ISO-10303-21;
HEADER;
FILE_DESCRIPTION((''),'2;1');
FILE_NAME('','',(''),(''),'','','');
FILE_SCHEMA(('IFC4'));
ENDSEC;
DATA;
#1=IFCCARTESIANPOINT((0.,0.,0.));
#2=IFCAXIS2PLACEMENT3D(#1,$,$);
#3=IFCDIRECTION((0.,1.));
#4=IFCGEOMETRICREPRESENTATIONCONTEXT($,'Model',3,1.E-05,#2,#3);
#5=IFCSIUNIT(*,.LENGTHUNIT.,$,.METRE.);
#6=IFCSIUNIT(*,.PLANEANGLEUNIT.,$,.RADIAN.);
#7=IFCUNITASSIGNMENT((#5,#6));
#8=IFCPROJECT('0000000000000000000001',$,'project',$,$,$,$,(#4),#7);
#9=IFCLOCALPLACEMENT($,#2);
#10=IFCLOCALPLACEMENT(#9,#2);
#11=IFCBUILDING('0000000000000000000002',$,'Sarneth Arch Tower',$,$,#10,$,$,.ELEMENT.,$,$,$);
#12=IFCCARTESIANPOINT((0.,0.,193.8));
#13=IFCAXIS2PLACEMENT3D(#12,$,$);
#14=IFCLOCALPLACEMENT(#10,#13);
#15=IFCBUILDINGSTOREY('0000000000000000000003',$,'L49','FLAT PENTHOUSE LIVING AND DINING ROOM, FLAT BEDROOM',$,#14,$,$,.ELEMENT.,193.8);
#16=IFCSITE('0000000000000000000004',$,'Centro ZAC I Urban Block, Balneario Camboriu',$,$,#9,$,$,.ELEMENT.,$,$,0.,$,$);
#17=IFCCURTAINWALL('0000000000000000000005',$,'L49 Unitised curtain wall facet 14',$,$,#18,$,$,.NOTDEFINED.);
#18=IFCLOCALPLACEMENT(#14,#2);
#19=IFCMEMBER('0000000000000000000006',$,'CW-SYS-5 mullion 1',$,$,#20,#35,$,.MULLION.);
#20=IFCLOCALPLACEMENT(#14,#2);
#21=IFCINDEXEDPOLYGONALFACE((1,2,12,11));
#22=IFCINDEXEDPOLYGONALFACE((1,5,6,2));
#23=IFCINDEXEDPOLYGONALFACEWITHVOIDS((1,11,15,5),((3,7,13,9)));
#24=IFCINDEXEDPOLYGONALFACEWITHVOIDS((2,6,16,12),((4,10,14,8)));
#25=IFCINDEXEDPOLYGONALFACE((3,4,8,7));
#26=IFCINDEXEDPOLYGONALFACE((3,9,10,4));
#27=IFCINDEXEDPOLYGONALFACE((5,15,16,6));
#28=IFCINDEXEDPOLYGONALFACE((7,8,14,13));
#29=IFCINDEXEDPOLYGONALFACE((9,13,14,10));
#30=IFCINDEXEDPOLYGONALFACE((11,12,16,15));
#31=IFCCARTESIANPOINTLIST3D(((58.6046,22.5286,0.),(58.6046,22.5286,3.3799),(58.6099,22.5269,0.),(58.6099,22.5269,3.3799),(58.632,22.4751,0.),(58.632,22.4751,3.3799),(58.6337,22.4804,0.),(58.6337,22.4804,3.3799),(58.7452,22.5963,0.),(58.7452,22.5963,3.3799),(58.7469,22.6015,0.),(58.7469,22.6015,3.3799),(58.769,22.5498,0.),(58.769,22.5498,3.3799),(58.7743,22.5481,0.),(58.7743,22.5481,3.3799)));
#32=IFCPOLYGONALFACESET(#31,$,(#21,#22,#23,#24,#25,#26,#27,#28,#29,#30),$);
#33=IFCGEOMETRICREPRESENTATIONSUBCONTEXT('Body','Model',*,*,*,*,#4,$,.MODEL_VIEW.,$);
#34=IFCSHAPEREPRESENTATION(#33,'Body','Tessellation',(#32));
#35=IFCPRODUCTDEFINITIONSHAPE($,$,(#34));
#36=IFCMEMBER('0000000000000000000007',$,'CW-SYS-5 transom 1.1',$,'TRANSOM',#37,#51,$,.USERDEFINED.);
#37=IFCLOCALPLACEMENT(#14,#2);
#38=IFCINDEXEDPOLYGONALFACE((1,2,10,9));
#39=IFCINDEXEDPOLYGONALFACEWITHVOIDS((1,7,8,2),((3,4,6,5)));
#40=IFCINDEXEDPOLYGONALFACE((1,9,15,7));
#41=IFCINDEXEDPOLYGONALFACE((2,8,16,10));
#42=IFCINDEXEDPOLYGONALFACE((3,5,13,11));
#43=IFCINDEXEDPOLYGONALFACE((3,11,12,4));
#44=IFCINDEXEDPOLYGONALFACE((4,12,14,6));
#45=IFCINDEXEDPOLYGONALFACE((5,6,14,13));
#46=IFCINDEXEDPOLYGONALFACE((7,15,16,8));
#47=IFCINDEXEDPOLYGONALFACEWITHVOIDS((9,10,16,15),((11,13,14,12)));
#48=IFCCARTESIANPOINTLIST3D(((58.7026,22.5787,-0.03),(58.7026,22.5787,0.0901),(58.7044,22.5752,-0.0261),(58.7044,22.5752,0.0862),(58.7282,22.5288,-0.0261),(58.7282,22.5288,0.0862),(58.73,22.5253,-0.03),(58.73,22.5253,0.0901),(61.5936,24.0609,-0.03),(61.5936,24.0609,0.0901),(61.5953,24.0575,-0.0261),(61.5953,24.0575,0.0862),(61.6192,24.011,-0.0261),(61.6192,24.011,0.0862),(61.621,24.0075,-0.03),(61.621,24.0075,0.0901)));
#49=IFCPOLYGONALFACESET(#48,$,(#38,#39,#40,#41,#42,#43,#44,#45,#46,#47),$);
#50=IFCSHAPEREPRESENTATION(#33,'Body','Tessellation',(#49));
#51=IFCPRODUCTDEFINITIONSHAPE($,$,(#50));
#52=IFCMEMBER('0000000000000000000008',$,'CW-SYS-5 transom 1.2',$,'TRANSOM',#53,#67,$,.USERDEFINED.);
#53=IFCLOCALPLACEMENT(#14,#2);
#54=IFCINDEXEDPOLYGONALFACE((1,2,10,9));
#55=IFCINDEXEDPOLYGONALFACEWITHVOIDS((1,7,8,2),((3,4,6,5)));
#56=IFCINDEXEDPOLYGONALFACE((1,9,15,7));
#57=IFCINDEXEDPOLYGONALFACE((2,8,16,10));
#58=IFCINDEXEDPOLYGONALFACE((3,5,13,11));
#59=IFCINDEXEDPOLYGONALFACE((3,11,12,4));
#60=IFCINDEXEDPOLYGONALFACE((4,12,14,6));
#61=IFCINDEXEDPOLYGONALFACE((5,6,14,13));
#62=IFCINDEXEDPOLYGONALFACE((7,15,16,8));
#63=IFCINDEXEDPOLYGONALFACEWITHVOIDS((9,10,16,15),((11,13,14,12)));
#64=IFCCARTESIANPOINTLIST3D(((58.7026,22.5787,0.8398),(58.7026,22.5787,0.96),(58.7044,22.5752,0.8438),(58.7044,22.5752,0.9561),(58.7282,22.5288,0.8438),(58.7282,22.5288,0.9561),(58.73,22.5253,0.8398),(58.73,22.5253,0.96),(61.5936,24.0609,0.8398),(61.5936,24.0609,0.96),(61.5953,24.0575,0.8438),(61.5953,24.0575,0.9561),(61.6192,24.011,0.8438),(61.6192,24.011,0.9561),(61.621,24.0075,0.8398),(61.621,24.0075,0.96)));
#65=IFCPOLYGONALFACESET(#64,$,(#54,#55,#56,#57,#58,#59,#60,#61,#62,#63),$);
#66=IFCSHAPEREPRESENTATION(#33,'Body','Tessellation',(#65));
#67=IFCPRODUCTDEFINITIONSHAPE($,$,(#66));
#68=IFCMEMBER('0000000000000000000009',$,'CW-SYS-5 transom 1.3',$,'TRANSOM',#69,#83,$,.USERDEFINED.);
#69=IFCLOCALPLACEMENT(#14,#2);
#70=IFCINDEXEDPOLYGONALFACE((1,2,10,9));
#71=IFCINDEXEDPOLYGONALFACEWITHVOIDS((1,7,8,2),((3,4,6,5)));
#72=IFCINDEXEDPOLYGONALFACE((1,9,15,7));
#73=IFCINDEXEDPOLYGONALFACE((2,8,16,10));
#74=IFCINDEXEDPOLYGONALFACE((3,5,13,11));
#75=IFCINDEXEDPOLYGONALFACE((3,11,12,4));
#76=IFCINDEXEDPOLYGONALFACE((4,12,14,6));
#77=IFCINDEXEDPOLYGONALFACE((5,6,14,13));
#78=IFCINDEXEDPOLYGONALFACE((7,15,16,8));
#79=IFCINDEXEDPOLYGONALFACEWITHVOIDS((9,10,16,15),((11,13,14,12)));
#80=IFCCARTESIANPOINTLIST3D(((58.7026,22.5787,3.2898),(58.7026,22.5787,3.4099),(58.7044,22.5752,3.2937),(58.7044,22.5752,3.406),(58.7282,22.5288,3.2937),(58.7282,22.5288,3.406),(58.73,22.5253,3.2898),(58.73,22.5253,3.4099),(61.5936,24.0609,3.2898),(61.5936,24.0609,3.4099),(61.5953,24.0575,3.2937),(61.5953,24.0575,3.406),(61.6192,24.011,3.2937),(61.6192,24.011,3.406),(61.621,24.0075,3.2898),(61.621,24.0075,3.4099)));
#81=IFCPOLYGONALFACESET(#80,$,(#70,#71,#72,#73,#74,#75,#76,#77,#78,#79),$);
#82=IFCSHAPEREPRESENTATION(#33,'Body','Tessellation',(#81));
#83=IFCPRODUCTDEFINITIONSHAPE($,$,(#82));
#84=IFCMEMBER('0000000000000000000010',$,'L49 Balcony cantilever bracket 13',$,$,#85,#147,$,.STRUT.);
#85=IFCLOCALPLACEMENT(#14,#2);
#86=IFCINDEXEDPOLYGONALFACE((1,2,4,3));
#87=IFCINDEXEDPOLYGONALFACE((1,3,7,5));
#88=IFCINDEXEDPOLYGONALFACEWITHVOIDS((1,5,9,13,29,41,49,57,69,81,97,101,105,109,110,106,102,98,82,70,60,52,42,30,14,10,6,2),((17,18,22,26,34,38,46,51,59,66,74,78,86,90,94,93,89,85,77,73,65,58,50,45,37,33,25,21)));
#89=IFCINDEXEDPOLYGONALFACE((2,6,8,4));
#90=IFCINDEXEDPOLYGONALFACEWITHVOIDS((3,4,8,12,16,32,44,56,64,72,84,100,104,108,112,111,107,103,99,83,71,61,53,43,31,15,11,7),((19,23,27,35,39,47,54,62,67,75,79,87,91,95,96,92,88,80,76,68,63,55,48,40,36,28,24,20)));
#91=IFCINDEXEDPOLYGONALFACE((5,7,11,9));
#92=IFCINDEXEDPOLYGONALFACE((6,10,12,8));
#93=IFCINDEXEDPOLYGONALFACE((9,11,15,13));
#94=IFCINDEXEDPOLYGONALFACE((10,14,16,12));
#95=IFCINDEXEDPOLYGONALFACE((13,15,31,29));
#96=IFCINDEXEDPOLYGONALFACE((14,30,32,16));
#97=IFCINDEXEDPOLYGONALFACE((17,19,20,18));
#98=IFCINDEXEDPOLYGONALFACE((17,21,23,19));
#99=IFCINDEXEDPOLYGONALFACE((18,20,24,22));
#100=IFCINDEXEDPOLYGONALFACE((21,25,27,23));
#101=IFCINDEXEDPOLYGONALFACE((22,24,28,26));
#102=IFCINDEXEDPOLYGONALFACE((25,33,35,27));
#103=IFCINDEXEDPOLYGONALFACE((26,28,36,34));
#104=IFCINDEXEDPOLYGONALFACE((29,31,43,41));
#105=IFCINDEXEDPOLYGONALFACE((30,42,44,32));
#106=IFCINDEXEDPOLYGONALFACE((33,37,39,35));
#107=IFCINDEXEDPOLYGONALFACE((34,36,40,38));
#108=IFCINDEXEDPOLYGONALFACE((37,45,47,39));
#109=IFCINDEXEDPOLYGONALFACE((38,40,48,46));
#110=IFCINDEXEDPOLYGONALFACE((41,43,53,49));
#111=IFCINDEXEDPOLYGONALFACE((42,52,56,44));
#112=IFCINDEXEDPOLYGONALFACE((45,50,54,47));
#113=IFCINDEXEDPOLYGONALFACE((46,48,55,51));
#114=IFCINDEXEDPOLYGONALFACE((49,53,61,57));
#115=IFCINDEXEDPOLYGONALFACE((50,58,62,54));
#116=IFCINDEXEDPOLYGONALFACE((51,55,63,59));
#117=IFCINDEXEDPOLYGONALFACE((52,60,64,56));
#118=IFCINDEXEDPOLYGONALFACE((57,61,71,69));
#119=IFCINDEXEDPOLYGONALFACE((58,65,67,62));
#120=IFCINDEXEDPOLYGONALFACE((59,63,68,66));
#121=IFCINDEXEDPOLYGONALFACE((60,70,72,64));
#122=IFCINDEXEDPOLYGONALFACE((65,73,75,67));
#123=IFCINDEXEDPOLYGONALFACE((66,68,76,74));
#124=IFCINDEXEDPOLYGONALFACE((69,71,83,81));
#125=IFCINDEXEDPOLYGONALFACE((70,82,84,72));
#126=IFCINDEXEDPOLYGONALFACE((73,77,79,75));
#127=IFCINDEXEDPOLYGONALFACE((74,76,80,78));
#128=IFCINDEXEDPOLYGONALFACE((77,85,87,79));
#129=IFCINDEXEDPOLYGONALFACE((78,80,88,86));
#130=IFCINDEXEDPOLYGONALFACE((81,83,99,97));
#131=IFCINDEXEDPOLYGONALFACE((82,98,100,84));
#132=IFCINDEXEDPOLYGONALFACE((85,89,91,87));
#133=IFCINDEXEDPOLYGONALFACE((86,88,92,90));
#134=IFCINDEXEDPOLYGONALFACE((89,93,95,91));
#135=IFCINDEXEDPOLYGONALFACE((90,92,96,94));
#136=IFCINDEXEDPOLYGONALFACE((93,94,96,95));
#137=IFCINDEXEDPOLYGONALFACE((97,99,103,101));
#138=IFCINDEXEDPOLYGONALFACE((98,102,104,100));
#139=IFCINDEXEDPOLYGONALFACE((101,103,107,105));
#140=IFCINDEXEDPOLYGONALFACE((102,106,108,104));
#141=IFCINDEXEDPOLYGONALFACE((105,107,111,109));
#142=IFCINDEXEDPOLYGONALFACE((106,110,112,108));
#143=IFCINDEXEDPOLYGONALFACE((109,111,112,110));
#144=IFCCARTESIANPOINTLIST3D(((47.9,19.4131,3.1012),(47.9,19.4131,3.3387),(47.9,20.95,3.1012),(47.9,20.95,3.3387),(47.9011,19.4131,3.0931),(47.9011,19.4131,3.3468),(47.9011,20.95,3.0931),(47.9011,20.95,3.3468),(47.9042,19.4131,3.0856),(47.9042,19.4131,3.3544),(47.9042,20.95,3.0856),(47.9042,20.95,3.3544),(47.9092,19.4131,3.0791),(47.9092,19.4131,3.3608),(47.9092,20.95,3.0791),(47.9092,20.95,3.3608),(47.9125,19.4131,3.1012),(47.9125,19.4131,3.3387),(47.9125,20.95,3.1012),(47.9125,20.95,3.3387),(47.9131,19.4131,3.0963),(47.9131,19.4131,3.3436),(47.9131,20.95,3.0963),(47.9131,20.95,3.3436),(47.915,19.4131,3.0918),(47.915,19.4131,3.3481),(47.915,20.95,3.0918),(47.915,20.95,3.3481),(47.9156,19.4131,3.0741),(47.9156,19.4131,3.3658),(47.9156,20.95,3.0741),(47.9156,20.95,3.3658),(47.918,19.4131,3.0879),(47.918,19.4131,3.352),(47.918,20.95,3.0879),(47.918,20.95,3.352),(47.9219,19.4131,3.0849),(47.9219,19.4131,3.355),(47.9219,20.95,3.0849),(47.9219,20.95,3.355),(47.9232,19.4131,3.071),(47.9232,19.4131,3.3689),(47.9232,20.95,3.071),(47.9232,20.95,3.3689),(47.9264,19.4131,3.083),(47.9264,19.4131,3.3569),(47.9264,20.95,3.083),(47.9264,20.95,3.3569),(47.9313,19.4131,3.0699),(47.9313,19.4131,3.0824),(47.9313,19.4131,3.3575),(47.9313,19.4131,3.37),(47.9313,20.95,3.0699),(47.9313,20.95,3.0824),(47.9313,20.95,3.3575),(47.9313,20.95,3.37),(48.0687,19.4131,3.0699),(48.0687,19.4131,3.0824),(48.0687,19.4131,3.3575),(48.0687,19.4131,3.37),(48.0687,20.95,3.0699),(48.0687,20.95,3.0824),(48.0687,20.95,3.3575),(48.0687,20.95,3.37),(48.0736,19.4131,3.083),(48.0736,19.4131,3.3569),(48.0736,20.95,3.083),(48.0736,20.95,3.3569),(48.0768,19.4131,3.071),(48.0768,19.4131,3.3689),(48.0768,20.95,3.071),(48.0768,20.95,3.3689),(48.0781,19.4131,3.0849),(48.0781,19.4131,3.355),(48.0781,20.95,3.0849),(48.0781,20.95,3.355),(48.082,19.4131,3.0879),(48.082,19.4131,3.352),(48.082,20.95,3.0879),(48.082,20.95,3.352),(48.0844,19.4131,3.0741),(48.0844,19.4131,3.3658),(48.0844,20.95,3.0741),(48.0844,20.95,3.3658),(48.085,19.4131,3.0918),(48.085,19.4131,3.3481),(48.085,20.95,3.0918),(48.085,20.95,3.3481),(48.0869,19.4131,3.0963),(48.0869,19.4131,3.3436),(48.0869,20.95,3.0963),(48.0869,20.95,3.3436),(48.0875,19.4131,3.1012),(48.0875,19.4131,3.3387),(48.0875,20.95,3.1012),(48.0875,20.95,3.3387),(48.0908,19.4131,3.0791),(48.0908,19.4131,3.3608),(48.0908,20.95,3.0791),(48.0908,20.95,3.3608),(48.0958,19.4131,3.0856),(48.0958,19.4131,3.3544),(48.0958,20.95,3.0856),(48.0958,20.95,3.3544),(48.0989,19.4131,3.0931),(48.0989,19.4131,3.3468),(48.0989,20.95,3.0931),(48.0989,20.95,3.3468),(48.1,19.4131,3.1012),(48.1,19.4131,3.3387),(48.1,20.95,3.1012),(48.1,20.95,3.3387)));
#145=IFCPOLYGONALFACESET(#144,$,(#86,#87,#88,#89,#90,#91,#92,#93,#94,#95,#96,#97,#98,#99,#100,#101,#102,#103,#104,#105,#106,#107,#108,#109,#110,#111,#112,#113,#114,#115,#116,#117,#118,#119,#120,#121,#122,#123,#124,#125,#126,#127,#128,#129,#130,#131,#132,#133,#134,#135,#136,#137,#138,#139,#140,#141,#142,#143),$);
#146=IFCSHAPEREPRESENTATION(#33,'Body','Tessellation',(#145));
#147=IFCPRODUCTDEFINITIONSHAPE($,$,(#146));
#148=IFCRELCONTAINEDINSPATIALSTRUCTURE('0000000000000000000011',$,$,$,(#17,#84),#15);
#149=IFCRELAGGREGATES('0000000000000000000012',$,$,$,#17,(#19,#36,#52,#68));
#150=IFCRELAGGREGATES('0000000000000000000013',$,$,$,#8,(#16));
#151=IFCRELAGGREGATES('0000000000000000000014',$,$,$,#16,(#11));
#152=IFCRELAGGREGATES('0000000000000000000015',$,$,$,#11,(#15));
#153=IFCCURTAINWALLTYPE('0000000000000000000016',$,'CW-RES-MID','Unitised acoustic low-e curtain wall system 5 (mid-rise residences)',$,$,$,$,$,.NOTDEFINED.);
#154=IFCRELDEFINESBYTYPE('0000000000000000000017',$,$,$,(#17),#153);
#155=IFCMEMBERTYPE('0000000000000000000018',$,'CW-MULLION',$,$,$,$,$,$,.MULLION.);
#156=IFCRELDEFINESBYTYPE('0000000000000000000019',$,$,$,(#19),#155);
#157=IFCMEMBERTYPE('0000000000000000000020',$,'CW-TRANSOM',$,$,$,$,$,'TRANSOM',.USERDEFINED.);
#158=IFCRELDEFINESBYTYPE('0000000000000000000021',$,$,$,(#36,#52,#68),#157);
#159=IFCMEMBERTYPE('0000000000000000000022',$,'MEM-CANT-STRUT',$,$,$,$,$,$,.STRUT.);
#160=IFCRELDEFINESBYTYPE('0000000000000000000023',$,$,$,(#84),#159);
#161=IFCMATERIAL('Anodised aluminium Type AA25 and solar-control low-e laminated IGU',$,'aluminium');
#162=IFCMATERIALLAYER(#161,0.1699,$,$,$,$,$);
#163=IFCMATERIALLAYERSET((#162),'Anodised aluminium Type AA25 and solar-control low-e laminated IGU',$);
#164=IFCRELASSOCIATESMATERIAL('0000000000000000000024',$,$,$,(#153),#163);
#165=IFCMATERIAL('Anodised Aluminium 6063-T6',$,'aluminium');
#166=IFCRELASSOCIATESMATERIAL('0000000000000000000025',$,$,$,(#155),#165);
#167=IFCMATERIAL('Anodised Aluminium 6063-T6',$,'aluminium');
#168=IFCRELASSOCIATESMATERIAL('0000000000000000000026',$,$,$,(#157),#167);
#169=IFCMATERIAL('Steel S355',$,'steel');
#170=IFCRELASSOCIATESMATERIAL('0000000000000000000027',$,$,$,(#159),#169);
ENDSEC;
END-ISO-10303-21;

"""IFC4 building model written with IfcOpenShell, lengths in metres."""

from ifc_helpers import new_model, si_unit, direction, frame, origin, origin_2d, place, context, subcontext, project, spatial, hollow_rectangle, extrude, material, layer, layer_set, material_profile, profile_set, type_object, element, aggregate, save


model = new_model("IFC4")

# Units and contexts
model_context = context("Model", 3, precision=1e-05, world=origin(), true_north=direction((0.0, 1.0)))
body_context = subcontext(model_context, "Body", "Model", "MODEL_VIEW")
ifc_project = project(units=[si_unit("LENGTHUNIT", "METRE"), si_unit("PLANEANGLEUNIT", "RADIAN")], contexts=[model_context])

# Site, building, storey
site_placement = place(None, origin())
site = spatial("IfcSite", under=ifc_project, at=site_placement, Name="Centro ZAC I Urban Block, Balneario Camboriu", CompositionType="ELEMENT", RefElevation=0.0)
building_placement = place(site_placement, origin())
building = spatial("IfcBuilding", under=site, at=building_placement, Name="Sarneth Arch Tower", CompositionType="ELEMENT")
storey_placement = place(building_placement, frame((0.0, 0.0, 193.8)))
storey = spatial("IfcBuildingStorey", under=building, at=storey_placement, Name="L49", Description="FLAT PENTHOUSE LIVING AND DINING ROOM, FLAT BEDROOM", CompositionType="ELEMENT", Elevation=193.8)

# Curtain wall, members
ifc_material_1 = material(Name="Anodised aluminium Type AA25 and solar-control low-e laminated IGU", Category="aluminium")
ifc_layer_1 = layer(ifc_material_1, 0.1699)
ifc_layer_set_1 = layer_set([ifc_layer_1], Name="Anodised aluminium Type AA25 and solar-control low-e laminated IGU")
curtain_wall_type = type_object("IfcCurtainWallType", Name="CW-RES-MID", Description="Unitised acoustic low-e curtain wall system 5 (mid-rise residences)", PredefinedType="NOTDEFINED", material=ifc_layer_set_1)
curtain_wall_placement = place(storey_placement, origin())
curtain_wall = element("IfcCurtainWall", 1, at=curtain_wall_placement, inside=storey, type_object=curtain_wall_type, Name="L49 Unitised curtain wall facet 14", PredefinedType="NOTDEFINED")
ifc_material_2 = material(Name="Anodised Aluminium 6063-T6", Category="aluminium")
ifc_material_profile_1 = material_profile(ifc_material_2, hollow_rectangle(XDim=0.0601, YDim=0.1599, WallThickness=0.0039, at=origin_2d()), Name="AL-MULL-160x60x4")
ifc_profile_set_1 = profile_set([ifc_material_profile_1], Name="Anodised Aluminium 6063-T6")
member_type_1 = type_object("IfcMemberType", Name="CW-MULLION", PredefinedType="MULLION", material=ifc_profile_set_1)
member_1_placement = place(storey_placement, frame((58.6895, 22.5383, 0.0), z_axis=(0.0, 0.0, 1.0), x_axis=(-0.456208, 0.889873, 0.0)))
member_1 = element("IfcMember", 2, at=member_1_placement, type_object=member_type_1, Name="CW-SYS-5 mullion 1", PredefinedType="MULLION", context=body_context, shape_type="SweptSolid", body=[
    extrude(hollow_rectangle(XDim=0.0601, YDim=0.1599, WallThickness=0.0039, at=origin_2d()), origin(), (0.0, 0.0, 1.0), 3.3799),
])
ifc_material_3 = material(Name="Anodised Aluminium 6063-T6", Category="aluminium")
ifc_material_profile_2 = material_profile(ifc_material_3, hollow_rectangle(XDim=0.0601, YDim=0.1201, WallThickness=0.0039, at=origin_2d()), Name="AL-TRAN-120x60x4")
ifc_profile_set_2 = profile_set([ifc_material_profile_2], Name="Anodised Aluminium 6063-T6")
member_type_2 = type_object("IfcMemberType", Name="CW-TRANSOM", ElementType="TRANSOM", PredefinedType="USERDEFINED", material=ifc_profile_set_2)
member_2_placement = place(storey_placement, frame((58.7163, 22.552, 0.03), z_axis=(0.889857, 0.456239, 0.0), x_axis=(-0.456239, 0.889857, 0.0)))
member_2 = element("IfcMember", 3, at=member_2_placement, type_object=member_type_2, Name="CW-SYS-5 transom 1.1", ObjectType="TRANSOM", PredefinedType="USERDEFINED", context=body_context, shape_type="SweptSolid", body=[
    extrude(hollow_rectangle(XDim=0.0601, YDim=0.1201, WallThickness=0.0039, at=origin_2d()), origin(), (0.0, 0.0, 1.0), 3.2488),
])
member_3_placement = place(storey_placement, frame((58.7163, 22.552, 0.8999), z_axis=(0.889857, 0.456239, 0.0), x_axis=(-0.456239, 0.889857, 0.0)))
member_3 = element("IfcMember", 4, at=member_3_placement, type_object=member_type_2, Name="CW-SYS-5 transom 1.2", ObjectType="TRANSOM", PredefinedType="USERDEFINED", context=body_context, shape_type="SweptSolid", body=[
    extrude(hollow_rectangle(XDim=0.0601, YDim=0.1201, WallThickness=0.0039, at=origin_2d()), origin(), (0.0, 0.0, 1.0), 3.2488),
])
member_4_placement = place(storey_placement, frame((58.7163, 22.552, 3.3499), z_axis=(0.889857, 0.456239, 0.0), x_axis=(-0.456239, 0.889857, 0.0)))
member_4 = element("IfcMember", 5, at=member_4_placement, type_object=member_type_2, Name="CW-SYS-5 transom 1.3", ObjectType="TRANSOM", PredefinedType="USERDEFINED", context=body_context, shape_type="SweptSolid", body=[
    extrude(hollow_rectangle(XDim=0.0601, YDim=0.1201, WallThickness=0.0039, at=origin_2d()), origin(), (0.0, 0.0, 1.0), 3.2488),
])
aggregate(curtain_wall, [member_1, member_2, member_3, member_4])

# Member
ifc_material_4 = material(Name="Steel S355", Category="steel")
ifc_material_profile_3 = material_profile(ifc_material_4, hollow_rectangle(XDim=0.2, YDim=0.3, WallThickness=0.0125, InnerFilletRadius=0.0188, OuterFilletRadius=0.0312, at=origin_2d()), Name="RHS300x200x12.5")
ifc_profile_set_3 = profile_set([ifc_material_profile_3], Name="Steel S355")
member_type_3 = type_object("IfcMemberType", Name="MEM-CANT-STRUT", PredefinedType="STRUT", material=ifc_profile_set_3)
member_5_placement = place(storey_placement, frame((48.0, 20.95, 3.22), z_axis=(0.0, -1.0, 0.0), x_axis=(1.0, 0.0, 0.0)))
element("IfcMember", 6, at=member_5_placement, inside=storey, type_object=member_type_3, Name="L49 Balcony cantilever bracket 13", PredefinedType="STRUT", context=body_context, shape_type="SweptSolid", body=[
    extrude(hollow_rectangle(XDim=0.2, YDim=0.3, WallThickness=0.0125, InnerFilletRadius=0.0188, OuterFilletRadius=0.0312, at=origin_2d()), origin(), (0.0, 0.0, 1.0), 1.5369),
])

save(model, "model.ifc")
